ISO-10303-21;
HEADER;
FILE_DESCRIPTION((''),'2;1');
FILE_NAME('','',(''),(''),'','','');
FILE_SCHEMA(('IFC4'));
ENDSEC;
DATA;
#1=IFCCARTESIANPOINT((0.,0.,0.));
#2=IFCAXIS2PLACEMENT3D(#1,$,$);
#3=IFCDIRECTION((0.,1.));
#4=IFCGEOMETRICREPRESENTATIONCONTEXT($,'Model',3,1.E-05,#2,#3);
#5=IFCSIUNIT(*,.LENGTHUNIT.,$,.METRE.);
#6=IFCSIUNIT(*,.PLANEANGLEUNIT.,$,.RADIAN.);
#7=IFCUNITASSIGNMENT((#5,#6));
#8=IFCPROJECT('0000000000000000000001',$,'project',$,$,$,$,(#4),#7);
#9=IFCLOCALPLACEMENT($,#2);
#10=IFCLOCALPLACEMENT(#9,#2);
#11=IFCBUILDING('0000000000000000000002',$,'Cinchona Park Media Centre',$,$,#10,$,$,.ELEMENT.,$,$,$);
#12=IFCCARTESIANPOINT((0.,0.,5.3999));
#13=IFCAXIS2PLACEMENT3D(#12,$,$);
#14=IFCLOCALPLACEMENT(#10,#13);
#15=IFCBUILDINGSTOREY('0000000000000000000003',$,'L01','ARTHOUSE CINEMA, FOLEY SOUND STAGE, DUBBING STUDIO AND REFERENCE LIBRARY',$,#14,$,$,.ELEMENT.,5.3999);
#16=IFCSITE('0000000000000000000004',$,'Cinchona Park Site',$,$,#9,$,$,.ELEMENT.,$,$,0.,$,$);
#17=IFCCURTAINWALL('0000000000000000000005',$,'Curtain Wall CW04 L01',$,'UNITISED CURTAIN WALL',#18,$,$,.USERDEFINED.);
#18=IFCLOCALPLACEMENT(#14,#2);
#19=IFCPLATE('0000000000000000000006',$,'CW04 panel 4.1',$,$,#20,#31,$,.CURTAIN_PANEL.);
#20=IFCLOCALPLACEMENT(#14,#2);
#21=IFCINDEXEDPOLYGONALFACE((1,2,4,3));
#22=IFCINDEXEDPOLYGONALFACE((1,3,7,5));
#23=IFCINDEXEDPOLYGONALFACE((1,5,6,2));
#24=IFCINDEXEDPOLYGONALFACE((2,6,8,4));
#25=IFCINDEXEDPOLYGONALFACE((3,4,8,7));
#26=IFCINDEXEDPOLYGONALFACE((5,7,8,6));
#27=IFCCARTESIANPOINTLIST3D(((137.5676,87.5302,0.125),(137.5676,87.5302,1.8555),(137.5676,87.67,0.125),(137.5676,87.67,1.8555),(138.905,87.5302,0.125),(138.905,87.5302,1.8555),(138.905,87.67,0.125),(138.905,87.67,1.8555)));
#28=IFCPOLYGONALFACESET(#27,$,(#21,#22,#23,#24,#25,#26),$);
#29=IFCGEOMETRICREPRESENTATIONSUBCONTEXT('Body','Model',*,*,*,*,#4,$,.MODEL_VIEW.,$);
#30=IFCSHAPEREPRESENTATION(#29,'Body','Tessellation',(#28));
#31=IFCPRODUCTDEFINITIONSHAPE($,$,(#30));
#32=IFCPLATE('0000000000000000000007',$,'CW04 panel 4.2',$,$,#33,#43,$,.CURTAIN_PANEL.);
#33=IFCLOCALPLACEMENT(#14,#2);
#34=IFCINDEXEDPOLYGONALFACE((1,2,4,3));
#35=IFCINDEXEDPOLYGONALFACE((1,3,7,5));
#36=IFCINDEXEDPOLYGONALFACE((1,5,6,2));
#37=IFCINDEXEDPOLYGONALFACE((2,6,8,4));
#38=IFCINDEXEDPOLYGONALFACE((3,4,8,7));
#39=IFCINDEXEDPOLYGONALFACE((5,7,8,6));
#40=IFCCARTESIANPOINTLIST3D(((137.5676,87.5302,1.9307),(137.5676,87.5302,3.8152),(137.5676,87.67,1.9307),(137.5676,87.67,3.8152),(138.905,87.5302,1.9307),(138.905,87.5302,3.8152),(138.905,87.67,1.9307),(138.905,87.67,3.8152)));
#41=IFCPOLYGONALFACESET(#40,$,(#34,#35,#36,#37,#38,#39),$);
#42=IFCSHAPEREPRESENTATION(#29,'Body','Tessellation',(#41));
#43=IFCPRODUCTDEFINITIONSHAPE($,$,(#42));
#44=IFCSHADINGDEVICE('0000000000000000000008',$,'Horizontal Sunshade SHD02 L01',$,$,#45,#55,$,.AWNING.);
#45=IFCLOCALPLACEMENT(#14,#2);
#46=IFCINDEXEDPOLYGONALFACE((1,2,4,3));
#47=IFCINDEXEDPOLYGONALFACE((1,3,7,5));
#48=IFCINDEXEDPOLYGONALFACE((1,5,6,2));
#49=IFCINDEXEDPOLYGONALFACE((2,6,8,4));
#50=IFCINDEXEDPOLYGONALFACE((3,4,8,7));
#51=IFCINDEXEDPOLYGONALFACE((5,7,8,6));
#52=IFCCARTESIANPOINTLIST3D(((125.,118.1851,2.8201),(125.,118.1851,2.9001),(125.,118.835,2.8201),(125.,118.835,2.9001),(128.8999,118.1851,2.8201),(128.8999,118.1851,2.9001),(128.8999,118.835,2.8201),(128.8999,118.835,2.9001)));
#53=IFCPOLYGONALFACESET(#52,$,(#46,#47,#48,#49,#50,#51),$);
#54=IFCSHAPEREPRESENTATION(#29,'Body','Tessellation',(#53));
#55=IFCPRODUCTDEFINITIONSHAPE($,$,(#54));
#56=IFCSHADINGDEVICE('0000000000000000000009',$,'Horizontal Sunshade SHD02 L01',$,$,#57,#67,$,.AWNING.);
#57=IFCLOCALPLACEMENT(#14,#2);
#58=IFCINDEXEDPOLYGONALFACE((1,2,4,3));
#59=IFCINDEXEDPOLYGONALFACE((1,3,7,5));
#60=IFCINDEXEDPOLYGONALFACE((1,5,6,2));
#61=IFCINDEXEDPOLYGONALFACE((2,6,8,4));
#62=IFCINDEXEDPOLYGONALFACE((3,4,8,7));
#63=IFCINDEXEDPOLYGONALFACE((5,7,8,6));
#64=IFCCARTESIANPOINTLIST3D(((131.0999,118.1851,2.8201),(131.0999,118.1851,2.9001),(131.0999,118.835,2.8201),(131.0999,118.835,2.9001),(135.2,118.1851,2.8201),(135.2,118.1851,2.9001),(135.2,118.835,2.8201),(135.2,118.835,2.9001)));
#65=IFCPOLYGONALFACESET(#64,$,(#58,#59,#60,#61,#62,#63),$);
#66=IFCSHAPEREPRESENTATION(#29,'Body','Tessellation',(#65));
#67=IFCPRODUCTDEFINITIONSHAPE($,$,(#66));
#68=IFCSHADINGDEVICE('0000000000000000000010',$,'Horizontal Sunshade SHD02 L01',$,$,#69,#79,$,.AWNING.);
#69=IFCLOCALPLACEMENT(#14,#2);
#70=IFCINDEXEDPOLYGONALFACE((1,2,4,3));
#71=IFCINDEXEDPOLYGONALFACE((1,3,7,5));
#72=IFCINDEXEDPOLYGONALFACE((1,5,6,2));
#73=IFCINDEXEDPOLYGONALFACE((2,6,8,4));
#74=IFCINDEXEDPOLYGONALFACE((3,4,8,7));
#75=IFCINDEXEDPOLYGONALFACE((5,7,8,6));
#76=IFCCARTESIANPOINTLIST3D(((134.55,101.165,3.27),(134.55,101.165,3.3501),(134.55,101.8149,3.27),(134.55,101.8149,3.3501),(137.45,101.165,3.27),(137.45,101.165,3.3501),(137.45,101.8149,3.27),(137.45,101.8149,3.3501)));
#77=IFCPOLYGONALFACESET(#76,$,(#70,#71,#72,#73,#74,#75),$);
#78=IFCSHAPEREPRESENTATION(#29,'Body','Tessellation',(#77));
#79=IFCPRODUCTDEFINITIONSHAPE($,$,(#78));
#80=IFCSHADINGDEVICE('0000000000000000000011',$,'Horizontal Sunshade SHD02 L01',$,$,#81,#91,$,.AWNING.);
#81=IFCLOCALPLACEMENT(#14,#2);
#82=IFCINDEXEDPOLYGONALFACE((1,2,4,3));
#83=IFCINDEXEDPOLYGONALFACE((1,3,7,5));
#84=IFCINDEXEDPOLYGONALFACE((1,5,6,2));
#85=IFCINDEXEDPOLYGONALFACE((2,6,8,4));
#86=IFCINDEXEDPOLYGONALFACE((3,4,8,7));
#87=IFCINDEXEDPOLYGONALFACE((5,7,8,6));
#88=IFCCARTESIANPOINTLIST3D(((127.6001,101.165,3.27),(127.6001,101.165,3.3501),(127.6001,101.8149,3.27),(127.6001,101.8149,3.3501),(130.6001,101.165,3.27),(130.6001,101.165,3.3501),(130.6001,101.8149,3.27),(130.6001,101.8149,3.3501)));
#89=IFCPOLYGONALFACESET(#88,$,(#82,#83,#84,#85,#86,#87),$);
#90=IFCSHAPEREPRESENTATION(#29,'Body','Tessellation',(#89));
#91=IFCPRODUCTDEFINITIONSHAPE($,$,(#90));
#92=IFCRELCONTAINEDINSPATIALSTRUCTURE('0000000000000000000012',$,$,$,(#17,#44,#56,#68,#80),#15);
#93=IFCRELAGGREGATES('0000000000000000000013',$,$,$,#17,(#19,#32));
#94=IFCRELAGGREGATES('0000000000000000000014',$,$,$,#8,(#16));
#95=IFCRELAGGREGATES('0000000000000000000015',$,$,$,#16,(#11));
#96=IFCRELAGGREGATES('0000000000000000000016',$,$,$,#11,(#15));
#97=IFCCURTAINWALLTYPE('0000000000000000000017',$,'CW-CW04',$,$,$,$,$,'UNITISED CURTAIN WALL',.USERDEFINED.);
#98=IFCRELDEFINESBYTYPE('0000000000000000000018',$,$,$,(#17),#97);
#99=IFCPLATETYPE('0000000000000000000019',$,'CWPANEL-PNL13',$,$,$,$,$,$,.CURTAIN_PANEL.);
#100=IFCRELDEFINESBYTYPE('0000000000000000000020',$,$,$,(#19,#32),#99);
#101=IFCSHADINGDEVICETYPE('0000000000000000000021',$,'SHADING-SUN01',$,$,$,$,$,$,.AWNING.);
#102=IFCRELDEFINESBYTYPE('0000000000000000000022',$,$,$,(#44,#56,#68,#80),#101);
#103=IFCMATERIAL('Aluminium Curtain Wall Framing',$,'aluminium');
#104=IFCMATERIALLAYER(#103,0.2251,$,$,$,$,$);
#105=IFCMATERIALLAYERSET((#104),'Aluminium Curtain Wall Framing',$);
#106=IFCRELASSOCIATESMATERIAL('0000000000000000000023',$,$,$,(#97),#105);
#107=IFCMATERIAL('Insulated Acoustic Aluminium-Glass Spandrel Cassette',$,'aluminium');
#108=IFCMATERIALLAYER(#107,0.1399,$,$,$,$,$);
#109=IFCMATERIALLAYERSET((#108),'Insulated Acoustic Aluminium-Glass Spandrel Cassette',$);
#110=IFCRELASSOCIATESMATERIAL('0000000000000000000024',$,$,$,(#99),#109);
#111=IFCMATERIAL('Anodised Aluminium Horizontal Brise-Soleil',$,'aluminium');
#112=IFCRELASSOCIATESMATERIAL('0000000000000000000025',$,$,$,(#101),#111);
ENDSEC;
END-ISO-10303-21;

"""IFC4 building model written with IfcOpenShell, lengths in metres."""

from ifc_helpers import new_model, si_unit, direction, frame, origin, origin_2d, place, context, subcontext, project, spatial, rectangle, extrude, material, layer, layer_set, type_object, element, aggregate, save


model = new_model("IFC4")

# Units and contexts
model_context = context("Model", 3, precision=1e-05, world=origin(), true_north=direction((0.0, 1.0)))
body_context = subcontext(model_context, "Body", "Model", "MODEL_VIEW")
ifc_project = project(units=[si_unit("LENGTHUNIT", "METRE"), si_unit("PLANEANGLEUNIT", "RADIAN")], contexts=[model_context])

# Site, building, storey
site_placement = place(None, origin())
site = spatial("IfcSite", under=ifc_project, at=site_placement, Name="Cinchona Park Site", CompositionType="ELEMENT", RefElevation=0.0)
building_placement = place(site_placement, origin())
building = spatial("IfcBuilding", under=site, at=building_placement, Name="Cinchona Park Media Centre", CompositionType="ELEMENT")
storey_placement = place(building_placement, frame((0.0, 0.0, 5.3999)))
storey = spatial("IfcBuildingStorey", under=building, at=storey_placement, Name="L01", Description="ARTHOUSE CINEMA, FOLEY SOUND STAGE, DUBBING STUDIO AND REFERENCE LIBRARY", CompositionType="ELEMENT", Elevation=5.3999)

# Curtain wall, plates
ifc_material_1 = material(Name="Aluminium Curtain Wall Framing", Category="aluminium")
ifc_layer_1 = layer(ifc_material_1, 0.2251)
ifc_layer_set_1 = layer_set([ifc_layer_1], Name="Aluminium Curtain Wall Framing")
curtain_wall_type = type_object("IfcCurtainWallType", Name="CW-CW04", ElementType="UNITISED CURTAIN WALL", PredefinedType="USERDEFINED", material=ifc_layer_set_1)
curtain_wall_placement = place(storey_placement, origin())
curtain_wall = element("IfcCurtainWall", 1, at=curtain_wall_placement, inside=storey, type_object=curtain_wall_type, Name="Curtain Wall CW04 L01", ObjectType="UNITISED CURTAIN WALL", PredefinedType="USERDEFINED")
ifc_material_2 = material(Name="Insulated Acoustic Aluminium-Glass Spandrel Cassette", Category="aluminium")
ifc_layer_2 = layer(ifc_material_2, 0.1399)
ifc_layer_set_2 = layer_set([ifc_layer_2], Name="Insulated Acoustic Aluminium-Glass Spandrel Cassette")
plate_type = type_object("IfcPlateType", Name="CWPANEL-PNL13", PredefinedType="CURTAIN_PANEL", material=ifc_layer_set_2)
plate_1_placement = place(storey_placement, frame((138.2363, 87.6001, 0.125), z_axis=(0.0, 0.0, 1.0), x_axis=(1.0, 0.0, 0.0)))
plate_1 = element("IfcPlate", 2, at=plate_1_placement, type_object=plate_type, Name="CW04 panel 4.1", PredefinedType="CURTAIN_PANEL", context=body_context, shape_type="SweptSolid", body=[
    extrude(rectangle(XDim=1.3374, YDim=0.1399, at=origin_2d()), origin(), (0.0, 0.0, 1.0), 1.7305),
])
plate_2_placement = place(storey_placement, frame((138.2363, 87.6001, 1.9307), z_axis=(0.0, 0.0, 1.0), x_axis=(1.0, 0.0, 0.0)))
plate_2 = element("IfcPlate", 3, at=plate_2_placement, type_object=plate_type, Name="CW04 panel 4.2", PredefinedType="CURTAIN_PANEL", context=body_context, shape_type="SweptSolid", body=[
    extrude(rectangle(XDim=1.3374, YDim=0.1399, at=origin_2d()), origin(), (0.0, 0.0, 1.0), 1.8845),
])
aggregate(curtain_wall, [plate_1, plate_2])

# Shading devices
ifc_material_3 = material(Name="Anodised Aluminium Horizontal Brise-Soleil", Category="aluminium")
shading_device_type = type_object("IfcShadingDeviceType", Name="SHADING-SUN01", PredefinedType="AWNING", material=ifc_material_3)
shading_device_1_placement = place(storey_placement, frame((126.95, 118.51, 2.8201), z_axis=(0.0, 0.0, 1.0), x_axis=(1.0, 0.0, 0.0)))
element("IfcShadingDevice", 4, at=shading_device_1_placement, inside=storey, type_object=shading_device_type, Name="Horizontal Sunshade SHD02 L01", PredefinedType="AWNING", context=body_context, shape_type="SweptSolid", body=[
    extrude(rectangle(XDim=3.8999, YDim=0.6499, at=origin_2d()), origin(), (0.0, 0.0, 1.0), 0.0801),
])
shading_device_2_placement = place(storey_placement, frame((133.1499, 118.51, 2.8201), z_axis=(0.0, 0.0, 1.0), x_axis=(1.0, 0.0, 0.0)))
element("IfcShadingDevice", 5, at=shading_device_2_placement, inside=storey, type_object=shading_device_type, Name="Horizontal Sunshade SHD02 L01", PredefinedType="AWNING", context=body_context, shape_type="SweptSolid", body=[
    extrude(rectangle(XDim=4.1001, YDim=0.6499, at=origin_2d()), origin(), (0.0, 0.0, 1.0), 0.0801),
])
shading_device_3_placement = place(storey_placement, frame((136.0, 101.49, 3.27), z_axis=(0.0, 0.0, 1.0), x_axis=(-1.0, 0.0, 0.0)))
element("IfcShadingDevice", 6, at=shading_device_3_placement, inside=storey, type_object=shading_device_type, Name="Horizontal Sunshade SHD02 L01", PredefinedType="AWNING", context=body_context, shape_type="SweptSolid", body=[
    extrude(rectangle(XDim=2.8999, YDim=0.6499, at=origin_2d()), origin(), (0.0, 0.0, 1.0), 0.0801),
])
shading_device_4_placement = place(storey_placement, frame((129.1001, 101.49, 3.27), z_axis=(0.0, 0.0, 1.0), x_axis=(-1.0, 0.0, 0.0)))
element("IfcShadingDevice", 7, at=shading_device_4_placement, inside=storey, type_object=shading_device_type, Name="Horizontal Sunshade SHD02 L01", PredefinedType="AWNING", context=body_context, shape_type="SweptSolid", body=[
    extrude(rectangle(XDim=3.0, YDim=0.6499, at=origin_2d()), origin(), (0.0, 0.0, 1.0), 0.0801),
])

save(model, "model.ifc")
